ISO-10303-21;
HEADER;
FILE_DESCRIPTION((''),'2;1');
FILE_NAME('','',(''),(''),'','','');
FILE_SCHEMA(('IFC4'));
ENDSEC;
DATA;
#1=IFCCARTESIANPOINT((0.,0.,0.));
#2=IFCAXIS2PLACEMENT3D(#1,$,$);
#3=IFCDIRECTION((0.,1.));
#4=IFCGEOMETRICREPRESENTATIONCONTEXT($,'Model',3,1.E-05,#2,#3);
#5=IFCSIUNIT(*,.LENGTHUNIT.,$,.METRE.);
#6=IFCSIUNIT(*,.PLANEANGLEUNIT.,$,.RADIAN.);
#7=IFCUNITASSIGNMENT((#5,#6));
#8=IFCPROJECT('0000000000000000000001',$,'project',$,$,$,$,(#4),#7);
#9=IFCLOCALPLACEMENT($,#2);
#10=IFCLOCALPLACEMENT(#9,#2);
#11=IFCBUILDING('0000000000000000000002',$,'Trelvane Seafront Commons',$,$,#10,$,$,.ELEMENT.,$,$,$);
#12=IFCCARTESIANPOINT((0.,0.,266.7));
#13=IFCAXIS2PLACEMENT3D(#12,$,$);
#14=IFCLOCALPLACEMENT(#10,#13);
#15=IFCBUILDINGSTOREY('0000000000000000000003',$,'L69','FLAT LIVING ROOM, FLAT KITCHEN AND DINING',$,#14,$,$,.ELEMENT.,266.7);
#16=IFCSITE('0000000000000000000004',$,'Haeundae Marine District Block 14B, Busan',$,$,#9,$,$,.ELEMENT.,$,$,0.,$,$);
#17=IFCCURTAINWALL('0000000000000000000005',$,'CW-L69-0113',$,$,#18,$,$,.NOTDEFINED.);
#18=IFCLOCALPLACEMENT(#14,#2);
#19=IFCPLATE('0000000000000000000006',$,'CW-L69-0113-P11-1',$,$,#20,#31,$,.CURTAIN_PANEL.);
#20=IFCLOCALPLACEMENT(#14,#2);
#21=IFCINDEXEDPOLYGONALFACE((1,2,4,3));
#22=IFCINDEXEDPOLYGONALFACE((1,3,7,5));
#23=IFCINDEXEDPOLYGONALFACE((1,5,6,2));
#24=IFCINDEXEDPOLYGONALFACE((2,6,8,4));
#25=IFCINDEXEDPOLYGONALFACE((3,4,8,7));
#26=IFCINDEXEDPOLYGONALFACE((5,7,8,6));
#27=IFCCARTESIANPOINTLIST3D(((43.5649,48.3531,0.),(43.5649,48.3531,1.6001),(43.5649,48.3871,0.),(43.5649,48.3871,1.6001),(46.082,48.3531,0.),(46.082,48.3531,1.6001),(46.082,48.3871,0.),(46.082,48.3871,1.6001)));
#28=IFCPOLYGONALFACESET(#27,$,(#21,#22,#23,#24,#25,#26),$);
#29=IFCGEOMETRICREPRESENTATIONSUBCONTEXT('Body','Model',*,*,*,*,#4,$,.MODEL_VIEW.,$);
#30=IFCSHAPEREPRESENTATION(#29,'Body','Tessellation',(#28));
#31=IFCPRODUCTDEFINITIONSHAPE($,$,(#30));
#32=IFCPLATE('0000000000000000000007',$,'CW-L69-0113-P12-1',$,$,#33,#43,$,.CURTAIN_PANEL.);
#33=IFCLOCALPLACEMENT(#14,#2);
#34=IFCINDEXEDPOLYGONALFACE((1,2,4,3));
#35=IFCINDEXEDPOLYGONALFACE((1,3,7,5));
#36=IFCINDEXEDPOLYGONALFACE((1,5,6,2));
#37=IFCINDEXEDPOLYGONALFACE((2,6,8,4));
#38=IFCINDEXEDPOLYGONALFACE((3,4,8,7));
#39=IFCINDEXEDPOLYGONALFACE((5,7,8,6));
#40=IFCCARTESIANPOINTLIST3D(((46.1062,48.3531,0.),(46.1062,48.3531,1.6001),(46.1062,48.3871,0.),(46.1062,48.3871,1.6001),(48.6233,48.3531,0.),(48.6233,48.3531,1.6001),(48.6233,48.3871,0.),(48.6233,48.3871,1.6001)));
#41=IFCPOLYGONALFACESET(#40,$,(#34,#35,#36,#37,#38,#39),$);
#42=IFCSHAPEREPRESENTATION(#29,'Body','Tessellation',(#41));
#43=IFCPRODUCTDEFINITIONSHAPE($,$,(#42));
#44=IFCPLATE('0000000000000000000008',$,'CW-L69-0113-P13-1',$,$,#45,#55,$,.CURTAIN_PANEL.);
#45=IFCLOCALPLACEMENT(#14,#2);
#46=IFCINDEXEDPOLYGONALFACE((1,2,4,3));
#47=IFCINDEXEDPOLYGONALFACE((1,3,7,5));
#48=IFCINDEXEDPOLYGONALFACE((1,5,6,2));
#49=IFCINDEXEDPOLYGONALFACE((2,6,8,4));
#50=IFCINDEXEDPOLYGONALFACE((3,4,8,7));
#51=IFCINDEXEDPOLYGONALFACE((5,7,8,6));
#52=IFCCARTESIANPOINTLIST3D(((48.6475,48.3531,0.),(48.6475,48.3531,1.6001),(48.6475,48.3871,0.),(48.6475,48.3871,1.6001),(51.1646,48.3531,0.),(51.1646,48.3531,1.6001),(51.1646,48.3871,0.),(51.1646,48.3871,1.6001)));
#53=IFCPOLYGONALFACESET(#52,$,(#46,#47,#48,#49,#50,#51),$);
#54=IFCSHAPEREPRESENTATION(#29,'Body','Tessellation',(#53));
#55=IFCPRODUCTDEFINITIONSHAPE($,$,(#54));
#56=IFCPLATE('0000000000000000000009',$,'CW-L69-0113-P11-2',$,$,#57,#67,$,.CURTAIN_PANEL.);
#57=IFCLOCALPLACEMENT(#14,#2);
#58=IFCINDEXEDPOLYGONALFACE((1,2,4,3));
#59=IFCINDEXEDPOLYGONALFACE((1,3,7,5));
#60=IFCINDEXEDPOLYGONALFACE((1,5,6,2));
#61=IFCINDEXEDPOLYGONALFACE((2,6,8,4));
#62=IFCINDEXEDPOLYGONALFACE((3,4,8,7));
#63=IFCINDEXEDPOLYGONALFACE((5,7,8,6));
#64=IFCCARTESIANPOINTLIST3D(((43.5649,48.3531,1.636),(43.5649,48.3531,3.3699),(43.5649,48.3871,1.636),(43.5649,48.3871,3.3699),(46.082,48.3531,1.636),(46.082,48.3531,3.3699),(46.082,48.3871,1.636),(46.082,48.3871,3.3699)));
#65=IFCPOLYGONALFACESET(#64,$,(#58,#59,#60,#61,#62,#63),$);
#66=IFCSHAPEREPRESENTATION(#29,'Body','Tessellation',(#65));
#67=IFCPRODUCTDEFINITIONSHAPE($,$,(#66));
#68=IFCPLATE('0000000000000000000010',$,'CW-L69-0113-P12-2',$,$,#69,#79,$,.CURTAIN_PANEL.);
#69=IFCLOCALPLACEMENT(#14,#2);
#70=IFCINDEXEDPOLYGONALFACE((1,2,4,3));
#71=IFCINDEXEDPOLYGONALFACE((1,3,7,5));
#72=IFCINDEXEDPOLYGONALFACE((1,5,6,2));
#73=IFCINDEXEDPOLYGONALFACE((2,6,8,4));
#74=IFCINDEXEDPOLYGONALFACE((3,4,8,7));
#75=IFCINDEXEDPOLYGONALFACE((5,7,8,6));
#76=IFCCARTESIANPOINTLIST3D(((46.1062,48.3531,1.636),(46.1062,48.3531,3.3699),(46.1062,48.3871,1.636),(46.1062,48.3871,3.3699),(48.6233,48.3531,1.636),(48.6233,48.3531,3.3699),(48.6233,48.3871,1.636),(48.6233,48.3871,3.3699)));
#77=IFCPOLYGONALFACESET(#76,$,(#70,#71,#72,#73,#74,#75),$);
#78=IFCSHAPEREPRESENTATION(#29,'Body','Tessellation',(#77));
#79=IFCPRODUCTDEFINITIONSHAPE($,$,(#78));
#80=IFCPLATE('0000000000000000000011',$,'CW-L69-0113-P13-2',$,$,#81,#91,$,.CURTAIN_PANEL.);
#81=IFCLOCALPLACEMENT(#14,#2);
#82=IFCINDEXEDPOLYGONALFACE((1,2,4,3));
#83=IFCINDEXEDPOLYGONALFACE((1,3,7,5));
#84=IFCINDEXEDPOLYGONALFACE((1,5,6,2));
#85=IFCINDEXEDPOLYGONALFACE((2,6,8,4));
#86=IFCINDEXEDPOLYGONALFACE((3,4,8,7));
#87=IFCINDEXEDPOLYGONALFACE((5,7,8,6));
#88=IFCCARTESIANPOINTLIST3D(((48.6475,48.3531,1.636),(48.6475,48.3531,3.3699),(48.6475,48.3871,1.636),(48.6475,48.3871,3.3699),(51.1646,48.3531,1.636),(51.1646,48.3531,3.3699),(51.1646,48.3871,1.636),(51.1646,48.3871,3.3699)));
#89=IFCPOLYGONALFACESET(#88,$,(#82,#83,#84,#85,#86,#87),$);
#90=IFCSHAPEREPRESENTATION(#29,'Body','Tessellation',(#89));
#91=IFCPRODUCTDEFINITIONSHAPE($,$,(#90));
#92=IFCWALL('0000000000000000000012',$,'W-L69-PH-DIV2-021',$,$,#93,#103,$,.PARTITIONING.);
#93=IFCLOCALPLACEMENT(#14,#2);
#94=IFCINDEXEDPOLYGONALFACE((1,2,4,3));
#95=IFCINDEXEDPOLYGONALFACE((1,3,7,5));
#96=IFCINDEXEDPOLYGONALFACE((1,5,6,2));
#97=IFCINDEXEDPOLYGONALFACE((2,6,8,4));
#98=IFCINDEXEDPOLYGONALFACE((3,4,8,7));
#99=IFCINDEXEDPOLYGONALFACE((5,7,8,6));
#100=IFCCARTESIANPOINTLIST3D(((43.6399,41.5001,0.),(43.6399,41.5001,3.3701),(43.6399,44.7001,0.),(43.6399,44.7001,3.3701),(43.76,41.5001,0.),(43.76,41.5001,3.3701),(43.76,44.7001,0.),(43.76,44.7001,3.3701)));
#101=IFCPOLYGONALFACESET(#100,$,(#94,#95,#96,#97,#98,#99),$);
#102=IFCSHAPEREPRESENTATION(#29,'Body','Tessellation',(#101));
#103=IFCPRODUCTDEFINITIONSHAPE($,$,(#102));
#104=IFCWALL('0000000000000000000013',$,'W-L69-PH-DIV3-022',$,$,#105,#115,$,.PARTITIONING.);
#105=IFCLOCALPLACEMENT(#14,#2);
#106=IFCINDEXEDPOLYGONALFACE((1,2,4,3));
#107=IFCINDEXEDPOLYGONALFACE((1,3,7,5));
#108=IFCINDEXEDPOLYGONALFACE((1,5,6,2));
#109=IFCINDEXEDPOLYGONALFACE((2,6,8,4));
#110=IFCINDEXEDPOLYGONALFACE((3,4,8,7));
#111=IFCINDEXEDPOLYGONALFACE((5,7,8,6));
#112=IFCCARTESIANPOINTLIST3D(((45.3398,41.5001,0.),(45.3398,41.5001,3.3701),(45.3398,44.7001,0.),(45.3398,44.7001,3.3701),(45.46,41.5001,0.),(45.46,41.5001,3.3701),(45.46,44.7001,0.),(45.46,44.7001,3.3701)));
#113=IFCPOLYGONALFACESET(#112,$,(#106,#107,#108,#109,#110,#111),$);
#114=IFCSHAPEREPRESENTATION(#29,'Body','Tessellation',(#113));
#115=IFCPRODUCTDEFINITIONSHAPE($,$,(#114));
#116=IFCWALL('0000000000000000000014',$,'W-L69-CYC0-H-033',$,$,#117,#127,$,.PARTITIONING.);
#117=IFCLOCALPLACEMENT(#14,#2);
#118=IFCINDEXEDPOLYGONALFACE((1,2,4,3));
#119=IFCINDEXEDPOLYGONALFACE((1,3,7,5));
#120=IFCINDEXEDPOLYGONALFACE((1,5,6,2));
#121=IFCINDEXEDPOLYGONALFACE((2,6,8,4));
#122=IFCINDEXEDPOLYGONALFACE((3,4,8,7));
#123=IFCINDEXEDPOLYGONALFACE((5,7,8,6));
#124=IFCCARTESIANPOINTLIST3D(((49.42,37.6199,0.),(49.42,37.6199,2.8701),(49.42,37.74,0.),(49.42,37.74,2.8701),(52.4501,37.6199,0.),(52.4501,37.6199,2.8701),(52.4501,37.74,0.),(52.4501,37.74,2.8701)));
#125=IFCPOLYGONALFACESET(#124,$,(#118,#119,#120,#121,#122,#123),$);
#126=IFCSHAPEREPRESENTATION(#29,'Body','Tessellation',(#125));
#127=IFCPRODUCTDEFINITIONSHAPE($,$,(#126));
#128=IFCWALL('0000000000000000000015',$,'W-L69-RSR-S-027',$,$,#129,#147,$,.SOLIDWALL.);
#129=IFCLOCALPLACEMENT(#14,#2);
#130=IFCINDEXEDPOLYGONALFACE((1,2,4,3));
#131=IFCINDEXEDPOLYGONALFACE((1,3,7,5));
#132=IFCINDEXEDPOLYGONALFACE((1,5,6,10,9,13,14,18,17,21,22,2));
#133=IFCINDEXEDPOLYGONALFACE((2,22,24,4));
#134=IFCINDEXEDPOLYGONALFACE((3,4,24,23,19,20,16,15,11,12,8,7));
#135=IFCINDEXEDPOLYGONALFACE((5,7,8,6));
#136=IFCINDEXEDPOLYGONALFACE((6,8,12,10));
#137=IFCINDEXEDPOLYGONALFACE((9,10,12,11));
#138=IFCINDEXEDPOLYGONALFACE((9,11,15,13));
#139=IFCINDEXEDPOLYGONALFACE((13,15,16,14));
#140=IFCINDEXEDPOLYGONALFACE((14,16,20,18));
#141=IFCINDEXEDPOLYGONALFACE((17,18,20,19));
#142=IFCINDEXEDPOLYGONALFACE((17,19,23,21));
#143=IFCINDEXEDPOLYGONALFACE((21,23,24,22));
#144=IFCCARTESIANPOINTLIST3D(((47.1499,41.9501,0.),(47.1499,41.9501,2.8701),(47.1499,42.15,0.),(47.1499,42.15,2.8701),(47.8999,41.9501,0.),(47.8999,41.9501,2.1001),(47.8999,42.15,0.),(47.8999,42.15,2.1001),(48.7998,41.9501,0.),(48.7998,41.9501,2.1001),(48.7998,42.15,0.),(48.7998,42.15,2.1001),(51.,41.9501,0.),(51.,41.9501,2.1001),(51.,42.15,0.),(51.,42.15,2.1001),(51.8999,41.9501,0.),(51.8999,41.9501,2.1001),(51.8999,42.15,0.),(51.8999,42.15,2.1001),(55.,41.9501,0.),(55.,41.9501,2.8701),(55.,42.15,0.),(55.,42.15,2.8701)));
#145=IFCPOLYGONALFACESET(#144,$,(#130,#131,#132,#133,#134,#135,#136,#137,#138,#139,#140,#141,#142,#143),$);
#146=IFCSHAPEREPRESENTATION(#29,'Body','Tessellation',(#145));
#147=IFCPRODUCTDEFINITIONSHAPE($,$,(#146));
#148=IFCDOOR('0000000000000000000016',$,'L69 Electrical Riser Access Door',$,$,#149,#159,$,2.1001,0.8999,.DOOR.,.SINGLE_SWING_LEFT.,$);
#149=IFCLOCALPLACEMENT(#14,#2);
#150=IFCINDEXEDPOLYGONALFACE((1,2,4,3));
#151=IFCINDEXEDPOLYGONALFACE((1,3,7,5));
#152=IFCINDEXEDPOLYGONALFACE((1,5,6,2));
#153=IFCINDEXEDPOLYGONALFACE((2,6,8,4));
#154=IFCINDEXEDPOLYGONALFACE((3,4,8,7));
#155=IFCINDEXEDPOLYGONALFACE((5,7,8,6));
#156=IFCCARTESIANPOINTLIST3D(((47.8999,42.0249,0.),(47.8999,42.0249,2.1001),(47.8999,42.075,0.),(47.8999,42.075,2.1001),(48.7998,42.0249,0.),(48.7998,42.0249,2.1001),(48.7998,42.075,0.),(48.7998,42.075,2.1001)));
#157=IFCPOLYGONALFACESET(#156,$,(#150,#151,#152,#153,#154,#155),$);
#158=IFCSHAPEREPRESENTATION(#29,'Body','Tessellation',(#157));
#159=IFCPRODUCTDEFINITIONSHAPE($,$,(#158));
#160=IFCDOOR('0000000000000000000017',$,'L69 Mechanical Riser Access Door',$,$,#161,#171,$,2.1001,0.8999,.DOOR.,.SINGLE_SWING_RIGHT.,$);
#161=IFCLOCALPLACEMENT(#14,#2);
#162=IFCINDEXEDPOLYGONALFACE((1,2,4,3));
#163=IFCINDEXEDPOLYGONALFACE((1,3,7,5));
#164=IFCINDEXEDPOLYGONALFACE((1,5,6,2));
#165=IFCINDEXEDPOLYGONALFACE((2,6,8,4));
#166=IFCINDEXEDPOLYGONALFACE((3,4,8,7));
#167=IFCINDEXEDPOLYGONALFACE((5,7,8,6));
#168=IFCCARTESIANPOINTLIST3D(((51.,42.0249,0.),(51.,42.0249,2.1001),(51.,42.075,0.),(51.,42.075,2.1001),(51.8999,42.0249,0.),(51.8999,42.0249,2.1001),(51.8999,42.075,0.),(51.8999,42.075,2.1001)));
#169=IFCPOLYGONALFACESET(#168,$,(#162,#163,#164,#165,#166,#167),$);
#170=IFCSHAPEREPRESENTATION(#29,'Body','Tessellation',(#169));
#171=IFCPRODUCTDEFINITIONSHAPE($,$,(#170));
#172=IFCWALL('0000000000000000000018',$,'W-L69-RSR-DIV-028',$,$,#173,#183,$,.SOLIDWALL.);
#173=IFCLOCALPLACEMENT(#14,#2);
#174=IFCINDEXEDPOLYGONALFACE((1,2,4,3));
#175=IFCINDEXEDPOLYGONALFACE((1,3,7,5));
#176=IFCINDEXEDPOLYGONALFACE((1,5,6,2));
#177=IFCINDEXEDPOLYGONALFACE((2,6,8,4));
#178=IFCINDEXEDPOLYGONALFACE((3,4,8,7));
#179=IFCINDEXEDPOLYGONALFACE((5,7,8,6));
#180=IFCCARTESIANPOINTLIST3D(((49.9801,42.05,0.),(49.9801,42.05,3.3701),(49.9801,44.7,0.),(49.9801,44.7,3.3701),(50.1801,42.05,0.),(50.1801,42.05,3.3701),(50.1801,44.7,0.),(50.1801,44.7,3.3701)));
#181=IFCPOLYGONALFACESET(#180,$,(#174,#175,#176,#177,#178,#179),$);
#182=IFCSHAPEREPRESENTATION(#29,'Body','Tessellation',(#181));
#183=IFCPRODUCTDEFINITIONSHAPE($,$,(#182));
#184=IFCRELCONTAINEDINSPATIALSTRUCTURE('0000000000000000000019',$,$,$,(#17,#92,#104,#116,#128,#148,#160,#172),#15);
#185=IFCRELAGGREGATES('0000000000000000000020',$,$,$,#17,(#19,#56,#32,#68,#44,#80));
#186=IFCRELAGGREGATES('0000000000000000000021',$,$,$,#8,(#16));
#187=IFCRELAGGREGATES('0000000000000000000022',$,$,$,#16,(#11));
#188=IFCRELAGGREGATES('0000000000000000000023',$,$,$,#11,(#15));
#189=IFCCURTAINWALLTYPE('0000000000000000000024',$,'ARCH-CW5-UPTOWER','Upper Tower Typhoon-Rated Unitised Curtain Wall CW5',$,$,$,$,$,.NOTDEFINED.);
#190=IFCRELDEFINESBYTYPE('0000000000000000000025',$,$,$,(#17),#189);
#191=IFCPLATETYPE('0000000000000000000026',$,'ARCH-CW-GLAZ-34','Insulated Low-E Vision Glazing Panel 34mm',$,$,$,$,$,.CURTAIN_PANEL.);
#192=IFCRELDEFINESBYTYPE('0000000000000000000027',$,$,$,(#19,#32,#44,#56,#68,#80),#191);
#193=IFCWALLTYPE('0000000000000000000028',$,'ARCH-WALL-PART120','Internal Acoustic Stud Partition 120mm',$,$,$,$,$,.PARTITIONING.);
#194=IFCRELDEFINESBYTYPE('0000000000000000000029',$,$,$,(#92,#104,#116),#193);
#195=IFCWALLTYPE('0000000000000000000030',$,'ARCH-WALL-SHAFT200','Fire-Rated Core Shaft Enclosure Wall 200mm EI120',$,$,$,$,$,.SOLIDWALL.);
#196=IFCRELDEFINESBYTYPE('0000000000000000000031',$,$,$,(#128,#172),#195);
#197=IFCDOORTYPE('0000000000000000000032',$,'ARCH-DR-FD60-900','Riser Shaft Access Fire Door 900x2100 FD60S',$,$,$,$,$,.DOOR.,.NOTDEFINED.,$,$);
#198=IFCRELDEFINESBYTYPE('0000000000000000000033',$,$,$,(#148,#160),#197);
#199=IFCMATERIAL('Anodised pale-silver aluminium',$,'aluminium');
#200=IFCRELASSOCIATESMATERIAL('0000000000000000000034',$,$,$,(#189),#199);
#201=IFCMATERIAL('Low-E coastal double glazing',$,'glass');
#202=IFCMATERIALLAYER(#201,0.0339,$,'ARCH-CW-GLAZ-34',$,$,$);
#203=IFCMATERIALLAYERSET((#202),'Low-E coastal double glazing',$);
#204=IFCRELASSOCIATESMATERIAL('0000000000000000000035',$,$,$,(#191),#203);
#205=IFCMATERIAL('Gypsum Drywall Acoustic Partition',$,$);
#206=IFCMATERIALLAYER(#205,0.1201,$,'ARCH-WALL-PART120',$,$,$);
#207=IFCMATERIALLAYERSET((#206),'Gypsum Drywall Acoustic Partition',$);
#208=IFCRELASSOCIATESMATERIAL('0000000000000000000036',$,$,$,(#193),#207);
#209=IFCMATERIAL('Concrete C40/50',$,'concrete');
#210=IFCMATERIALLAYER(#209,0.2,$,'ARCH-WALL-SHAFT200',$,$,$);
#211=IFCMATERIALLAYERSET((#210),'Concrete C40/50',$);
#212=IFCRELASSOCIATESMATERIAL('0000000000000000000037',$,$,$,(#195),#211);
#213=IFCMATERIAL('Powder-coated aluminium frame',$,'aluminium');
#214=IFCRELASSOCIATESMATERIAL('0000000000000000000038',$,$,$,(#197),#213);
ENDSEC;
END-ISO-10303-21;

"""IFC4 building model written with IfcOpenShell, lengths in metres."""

from ifc_helpers import new_model, si_unit, direction, frame, frame_2d, origin, origin_2d, place, context, subcontext, project, spatial, rectangle, extrude, source, transform, mapped, material, layer, layer_set, type_object, element, fill, aggregate, save


model = new_model("IFC4")

# Units and contexts
model_context = context("Model", 3, precision=1e-05, world=origin(), true_north=direction((0.0, 1.0)))
body_context = subcontext(model_context, "Body", "Model", "MODEL_VIEW")
ifc_project = project(units=[si_unit("LENGTHUNIT", "METRE"), si_unit("PLANEANGLEUNIT", "RADIAN")], contexts=[model_context])

# Site, building, storey
site_placement = place(None, origin())
site = spatial("IfcSite", under=ifc_project, at=site_placement, Name="Haeundae Marine District Block 14B, Busan", CompositionType="ELEMENT", RefElevation=0.0)
building_placement = place(site_placement, origin())
building = spatial("IfcBuilding", under=site, at=building_placement, Name="Trelvane Seafront Commons", CompositionType="ELEMENT")
storey_placement = place(building_placement, frame((0.0, 0.0, 266.7)))
storey = spatial("IfcBuildingStorey", under=building, at=storey_placement, Name="L69", Description="FLAT LIVING ROOM, FLAT KITCHEN AND DINING", CompositionType="ELEMENT", Elevation=266.7)

# Curtain wall
ifc_material_1 = material(Name="Anodised pale-silver aluminium", Category="aluminium")
curtain_wall_type = type_object("IfcCurtainWallType", Name="ARCH-CW5-UPTOWER", Description="Upper Tower Typhoon-Rated Unitised Curtain Wall CW5", PredefinedType="NOTDEFINED", material=ifc_material_1)
curtain_wall_placement = place(storey_placement, origin())
curtain_wall = element("IfcCurtainWall", 1, at=curtain_wall_placement, inside=storey, type_object=curtain_wall_type, Name="CW-L69-0113", PredefinedType="NOTDEFINED")

# Plates
ifc_material_2 = material(Name="Low-E coastal double glazing", Category="glass")
ifc_layer_1 = layer(ifc_material_2, 0.0339, Name="ARCH-CW-GLAZ-34")
ifc_layer_set_1 = layer_set([ifc_layer_1], Name="Low-E coastal double glazing")
plate_type_1 = type_object("IfcPlateType", Name="ARCH-CW-GLAZ-34", Description="Insulated Low-E Vision Glazing Panel 34mm", PredefinedType="CURTAIN_PANEL", material=ifc_layer_set_1)
shared_shape_1 = source(origin(), body_context, "Body", "SweptSolid", [
    extrude(rectangle(XDim=2.5171, YDim=0.0339, at=origin_2d()), origin(), (0.0, 0.0, 1.0), 1.6001),
])
plate_1_placement = place(storey_placement, frame((44.8235, 48.3701, 0.0), z_axis=(0.0, 0.0, 1.0), x_axis=(1.0, 0.0, 0.0)))
plate_1 = element("IfcPlate", 2, at=plate_1_placement, type_object=plate_type_1, Name="CW-L69-0113-P11-1", PredefinedType="CURTAIN_PANEL", context=body_context, shape_type="MappedRepresentation", body=[
    mapped(shared_shape_1, transform((0.0, 0.0, 0.0), x_axis=(1.0, 0.0, 0.0), y_axis=(0.0, 1.0, 0.0), z_axis=(0.0, 0.0, 1.0), scale=1.0)),
])
plate_2_placement = place(storey_placement, frame((47.3647, 48.3701, 0.0), z_axis=(0.0, 0.0, 1.0), x_axis=(1.0, 0.0, 0.0)))
plate_2 = element("IfcPlate", 3, at=plate_2_placement, type_object=plate_type_1, Name="CW-L69-0113-P12-1", PredefinedType="CURTAIN_PANEL", context=body_context, shape_type="MappedRepresentation", body=[
    mapped(shared_shape_1, transform((0.0, 0.0, 0.0), x_axis=(1.0, 0.0, 0.0), y_axis=(0.0, 1.0, 0.0), z_axis=(0.0, 0.0, 1.0), scale=1.0)),
])
plate_3_placement = place(storey_placement, frame((49.906, 48.3701, 0.0), z_axis=(0.0, 0.0, 1.0), x_axis=(1.0, 0.0, 0.0)))
plate_3 = element("IfcPlate", 4, at=plate_3_placement, type_object=plate_type_1, Name="CW-L69-0113-P13-1", PredefinedType="CURTAIN_PANEL", context=body_context, shape_type="MappedRepresentation", body=[
    mapped(shared_shape_1, transform((0.0, 0.0, 0.0), x_axis=(1.0, 0.0, 0.0), y_axis=(0.0, 1.0, 0.0), z_axis=(0.0, 0.0, 1.0), scale=1.0)),
])
shared_shape_2 = source(origin(), body_context, "Body", "SweptSolid", [
    extrude(rectangle(XDim=2.5171, YDim=0.0339, at=origin_2d()), origin(), (0.0, 0.0, 1.0), 1.7339),
])
plate_4_placement = place(storey_placement, frame((44.8235, 48.3701, 1.636), z_axis=(0.0, 0.0, 1.0), x_axis=(1.0, 0.0, 0.0)))
plate_4 = element("IfcPlate", 5, at=plate_4_placement, type_object=plate_type_1, Name="CW-L69-0113-P11-2", PredefinedType="CURTAIN_PANEL", context=body_context, shape_type="MappedRepresentation", body=[
    mapped(shared_shape_2, transform((0.0, 0.0, 0.0), x_axis=(1.0, 0.0, 0.0), y_axis=(0.0, 1.0, 0.0), z_axis=(0.0, 0.0, 1.0), scale=1.0)),
])
plate_5_placement = place(storey_placement, frame((47.3647, 48.3701, 1.636), z_axis=(0.0, 0.0, 1.0), x_axis=(1.0, 0.0, 0.0)))
plate_5 = element("IfcPlate", 6, at=plate_5_placement, type_object=plate_type_1, Name="CW-L69-0113-P12-2", PredefinedType="CURTAIN_PANEL", context=body_context, shape_type="MappedRepresentation", body=[
    mapped(shared_shape_2, transform((0.0, 0.0, 0.0), x_axis=(1.0, 0.0, 0.0), y_axis=(0.0, 1.0, 0.0), z_axis=(0.0, 0.0, 1.0), scale=1.0)),
])
plate_6_placement = place(storey_placement, frame((49.906, 48.3701, 1.636), z_axis=(0.0, 0.0, 1.0), x_axis=(1.0, 0.0, 0.0)))
plate_6 = element("IfcPlate", 7, at=plate_6_placement, type_object=plate_type_1, Name="CW-L69-0113-P13-2", PredefinedType="CURTAIN_PANEL", context=body_context, shape_type="MappedRepresentation", body=[
    mapped(shared_shape_2, transform((0.0, 0.0, 0.0), x_axis=(1.0, 0.0, 0.0), y_axis=(0.0, 1.0, 0.0), z_axis=(0.0, 0.0, 1.0), scale=1.0)),
])
aggregate(curtain_wall, [plate_1, plate_4, plate_2, plate_5, plate_3, plate_6])

# Walls
ifc_material_3 = material(Name="Gypsum Drywall Acoustic Partition")
ifc_layer_2 = layer(ifc_material_3, 0.1201, Name="ARCH-WALL-PART120")
ifc_layer_set_2 = layer_set([ifc_layer_2], Name="Gypsum Drywall Acoustic Partition")
wall_type_1 = type_object("IfcWallType", Name="ARCH-WALL-PART120", Description="Internal Acoustic Stud Partition 120mm", PredefinedType="PARTITIONING", material=ifc_layer_set_2)
for number, where, z_axis, x_axis, name in (
    (8, (43.7, 41.5, 0.0), (0.0, 0.0, 1.0), (0.0, 1.0, 0.0), "W-L69-PH-DIV2-021"),
    (9, (45.3999, 41.5, 0.0), (0.0, 0.0, 1.0), (0.0, 1.0, 0.0), "W-L69-PH-DIV3-022"),
):
    element("IfcWall", number, at=place(storey_placement, frame(where, z_axis=z_axis, x_axis=x_axis)), inside=storey, type_object=wall_type_1, Name=name, PredefinedType="PARTITIONING", context=body_context, shape_type="SweptSolid", body=[
        extrude(rectangle(XDim=3.2, YDim=0.1201, at=frame_2d((1.6001, 0.0))), origin(), (0.0, 0.0, 1.0), 3.3701),
    ])
wall_1_placement = place(storey_placement, frame((49.4199, 37.6799, 0.0), z_axis=(0.0, 0.0, 1.0), x_axis=(1.0, 0.0, 0.0)))
element("IfcWall", 10, at=wall_1_placement, inside=storey, type_object=wall_type_1, Name="W-L69-CYC0-H-033", PredefinedType="PARTITIONING", context=body_context, shape_type="SweptSolid", body=[
    extrude(rectangle(XDim=3.03, YDim=0.1201, at=frame_2d((1.5151, 0.0))), origin(), (0.0, 0.0, 1.0), 2.8701),
])

# Wall, openings, doors
ifc_material_4 = material(Name="Concrete C40/50", Category="concrete")
ifc_layer_3 = layer(ifc_material_4, 0.2, Name="ARCH-WALL-SHAFT200")
ifc_layer_set_3 = layer_set([ifc_layer_3], Name="Concrete C40/50")
wall_type_2 = type_object("IfcWallType", Name="ARCH-WALL-SHAFT200", Description="Fire-Rated Core Shaft Enclosure Wall 200mm EI120", PredefinedType="SOLIDWALL", material=ifc_layer_set_3)
wall_2_placement = place(storey_placement, frame((47.1499, 42.05, 0.0), z_axis=(0.0, 0.0, 1.0), x_axis=(1.0, 0.0, 0.0)))
wall_2 = element("IfcWall", 11, at=wall_2_placement, inside=storey, type_object=wall_type_2, Name="W-L69-RSR-S-027", PredefinedType="SOLIDWALL", context=body_context, shape_type="SweptSolid", body=[
    extrude(rectangle(XDim=7.8501, YDim=0.2, at=frame_2d((3.925, 0.0))), origin(), (0.0, 0.0, 1.0), 2.8701),
])
opening_1_placement = place(wall_2_placement, frame((0.75, 0.0, 0.0)))
opening_1 = element("IfcOpeningElement", 12, at=opening_1_placement, cuts=wall_2, PredefinedType="OPENING", context=body_context, shape_type="SweptSolid", body=[
    extrude(rectangle(XDim=0.8999, YDim=2.1001, at=frame_2d((0.45, 1.05))), frame((0.0, 0.1099, 0.0), z_axis=(0.0, -1.0, 0.0), x_axis=(1.0, 0.0, 0.0)), (0.0, 0.0, 1.0), 0.22),
])
opening_2_placement = place(wall_2_placement, frame((3.8501, 0.0, 0.0)))
opening_2 = element("IfcOpeningElement", 13, at=opening_2_placement, cuts=wall_2, PredefinedType="OPENING", context=body_context, shape_type="SweptSolid", body=[
    extrude(rectangle(XDim=0.8999, YDim=2.1001, at=frame_2d((0.45, 1.05))), frame((0.0, 0.1099, 0.0), z_axis=(0.0, -1.0, 0.0), x_axis=(1.0, 0.0, 0.0)), (0.0, 0.0, 1.0), 0.22),
])
ifc_material_5 = material(Name="Powder-coated aluminium frame", Category="aluminium")
door_type = type_object("IfcDoorType", Name="ARCH-DR-FD60-900", Description="Riser Shaft Access Fire Door 900x2100 FD60S", OperationType="NOTDEFINED", PredefinedType="DOOR", material=ifc_material_5)
shared_shape_3 = source(origin(), body_context, "Body", "SweptSolid", [
    extrude(rectangle(XDim=0.8999, YDim=2.1001, at=frame_2d((0.45, 1.05))), frame((0.0, 0.0249, 0.0), z_axis=(0.0, -1.0, 0.0), x_axis=(1.0, 0.0, 0.0)), (0.0, 0.0, 1.0), 0.05),
])
door_1_placement = place(opening_1_placement, origin())
door_1 = element("IfcDoor", 14, at=door_1_placement, inside=storey, type_object=door_type, Name="L69 Electrical Riser Access Door", OperationType="SINGLE_SWING_LEFT", OverallHeight=2.1001, OverallWidth=0.8999, PredefinedType="DOOR", context=body_context, shape_type="MappedRepresentation", body=[
    mapped(shared_shape_3, transform((0.0, 0.0, 0.0), x_axis=(1.0, 0.0, 0.0), y_axis=(0.0, 1.0, 0.0), z_axis=(0.0, 0.0, 1.0), scale=1.0)),
])
fill(opening_1, door_1)
door_2_placement = place(opening_2_placement, origin())
door_2 = element("IfcDoor", 15, at=door_2_placement, inside=storey, type_object=door_type, Name="L69 Mechanical Riser Access Door", OperationType="SINGLE_SWING_RIGHT", OverallHeight=2.1001, OverallWidth=0.8999, PredefinedType="DOOR", context=body_context, shape_type="MappedRepresentation", body=[
    mapped(shared_shape_3, transform((0.0, 0.0, 0.0), x_axis=(1.0, 0.0, 0.0), y_axis=(0.0, 1.0, 0.0), z_axis=(0.0, 0.0, 1.0), scale=1.0)),
])
fill(opening_2, door_2)

# Wall
wall_3_placement = place(storey_placement, frame((50.0801, 42.05, 0.0), z_axis=(0.0, 0.0, 1.0), x_axis=(0.0, 1.0, 0.0)))
element("IfcWall", 16, at=wall_3_placement, inside=storey, type_object=wall_type_2, Name="W-L69-RSR-DIV-028", PredefinedType="SOLIDWALL", context=body_context, shape_type="SweptSolid", body=[
    extrude(rectangle(XDim=2.6499, YDim=0.2, at=frame_2d((1.325, 0.0))), origin(), (0.0, 0.0, 1.0), 3.3701),
])

save(model, "model.ifc")
